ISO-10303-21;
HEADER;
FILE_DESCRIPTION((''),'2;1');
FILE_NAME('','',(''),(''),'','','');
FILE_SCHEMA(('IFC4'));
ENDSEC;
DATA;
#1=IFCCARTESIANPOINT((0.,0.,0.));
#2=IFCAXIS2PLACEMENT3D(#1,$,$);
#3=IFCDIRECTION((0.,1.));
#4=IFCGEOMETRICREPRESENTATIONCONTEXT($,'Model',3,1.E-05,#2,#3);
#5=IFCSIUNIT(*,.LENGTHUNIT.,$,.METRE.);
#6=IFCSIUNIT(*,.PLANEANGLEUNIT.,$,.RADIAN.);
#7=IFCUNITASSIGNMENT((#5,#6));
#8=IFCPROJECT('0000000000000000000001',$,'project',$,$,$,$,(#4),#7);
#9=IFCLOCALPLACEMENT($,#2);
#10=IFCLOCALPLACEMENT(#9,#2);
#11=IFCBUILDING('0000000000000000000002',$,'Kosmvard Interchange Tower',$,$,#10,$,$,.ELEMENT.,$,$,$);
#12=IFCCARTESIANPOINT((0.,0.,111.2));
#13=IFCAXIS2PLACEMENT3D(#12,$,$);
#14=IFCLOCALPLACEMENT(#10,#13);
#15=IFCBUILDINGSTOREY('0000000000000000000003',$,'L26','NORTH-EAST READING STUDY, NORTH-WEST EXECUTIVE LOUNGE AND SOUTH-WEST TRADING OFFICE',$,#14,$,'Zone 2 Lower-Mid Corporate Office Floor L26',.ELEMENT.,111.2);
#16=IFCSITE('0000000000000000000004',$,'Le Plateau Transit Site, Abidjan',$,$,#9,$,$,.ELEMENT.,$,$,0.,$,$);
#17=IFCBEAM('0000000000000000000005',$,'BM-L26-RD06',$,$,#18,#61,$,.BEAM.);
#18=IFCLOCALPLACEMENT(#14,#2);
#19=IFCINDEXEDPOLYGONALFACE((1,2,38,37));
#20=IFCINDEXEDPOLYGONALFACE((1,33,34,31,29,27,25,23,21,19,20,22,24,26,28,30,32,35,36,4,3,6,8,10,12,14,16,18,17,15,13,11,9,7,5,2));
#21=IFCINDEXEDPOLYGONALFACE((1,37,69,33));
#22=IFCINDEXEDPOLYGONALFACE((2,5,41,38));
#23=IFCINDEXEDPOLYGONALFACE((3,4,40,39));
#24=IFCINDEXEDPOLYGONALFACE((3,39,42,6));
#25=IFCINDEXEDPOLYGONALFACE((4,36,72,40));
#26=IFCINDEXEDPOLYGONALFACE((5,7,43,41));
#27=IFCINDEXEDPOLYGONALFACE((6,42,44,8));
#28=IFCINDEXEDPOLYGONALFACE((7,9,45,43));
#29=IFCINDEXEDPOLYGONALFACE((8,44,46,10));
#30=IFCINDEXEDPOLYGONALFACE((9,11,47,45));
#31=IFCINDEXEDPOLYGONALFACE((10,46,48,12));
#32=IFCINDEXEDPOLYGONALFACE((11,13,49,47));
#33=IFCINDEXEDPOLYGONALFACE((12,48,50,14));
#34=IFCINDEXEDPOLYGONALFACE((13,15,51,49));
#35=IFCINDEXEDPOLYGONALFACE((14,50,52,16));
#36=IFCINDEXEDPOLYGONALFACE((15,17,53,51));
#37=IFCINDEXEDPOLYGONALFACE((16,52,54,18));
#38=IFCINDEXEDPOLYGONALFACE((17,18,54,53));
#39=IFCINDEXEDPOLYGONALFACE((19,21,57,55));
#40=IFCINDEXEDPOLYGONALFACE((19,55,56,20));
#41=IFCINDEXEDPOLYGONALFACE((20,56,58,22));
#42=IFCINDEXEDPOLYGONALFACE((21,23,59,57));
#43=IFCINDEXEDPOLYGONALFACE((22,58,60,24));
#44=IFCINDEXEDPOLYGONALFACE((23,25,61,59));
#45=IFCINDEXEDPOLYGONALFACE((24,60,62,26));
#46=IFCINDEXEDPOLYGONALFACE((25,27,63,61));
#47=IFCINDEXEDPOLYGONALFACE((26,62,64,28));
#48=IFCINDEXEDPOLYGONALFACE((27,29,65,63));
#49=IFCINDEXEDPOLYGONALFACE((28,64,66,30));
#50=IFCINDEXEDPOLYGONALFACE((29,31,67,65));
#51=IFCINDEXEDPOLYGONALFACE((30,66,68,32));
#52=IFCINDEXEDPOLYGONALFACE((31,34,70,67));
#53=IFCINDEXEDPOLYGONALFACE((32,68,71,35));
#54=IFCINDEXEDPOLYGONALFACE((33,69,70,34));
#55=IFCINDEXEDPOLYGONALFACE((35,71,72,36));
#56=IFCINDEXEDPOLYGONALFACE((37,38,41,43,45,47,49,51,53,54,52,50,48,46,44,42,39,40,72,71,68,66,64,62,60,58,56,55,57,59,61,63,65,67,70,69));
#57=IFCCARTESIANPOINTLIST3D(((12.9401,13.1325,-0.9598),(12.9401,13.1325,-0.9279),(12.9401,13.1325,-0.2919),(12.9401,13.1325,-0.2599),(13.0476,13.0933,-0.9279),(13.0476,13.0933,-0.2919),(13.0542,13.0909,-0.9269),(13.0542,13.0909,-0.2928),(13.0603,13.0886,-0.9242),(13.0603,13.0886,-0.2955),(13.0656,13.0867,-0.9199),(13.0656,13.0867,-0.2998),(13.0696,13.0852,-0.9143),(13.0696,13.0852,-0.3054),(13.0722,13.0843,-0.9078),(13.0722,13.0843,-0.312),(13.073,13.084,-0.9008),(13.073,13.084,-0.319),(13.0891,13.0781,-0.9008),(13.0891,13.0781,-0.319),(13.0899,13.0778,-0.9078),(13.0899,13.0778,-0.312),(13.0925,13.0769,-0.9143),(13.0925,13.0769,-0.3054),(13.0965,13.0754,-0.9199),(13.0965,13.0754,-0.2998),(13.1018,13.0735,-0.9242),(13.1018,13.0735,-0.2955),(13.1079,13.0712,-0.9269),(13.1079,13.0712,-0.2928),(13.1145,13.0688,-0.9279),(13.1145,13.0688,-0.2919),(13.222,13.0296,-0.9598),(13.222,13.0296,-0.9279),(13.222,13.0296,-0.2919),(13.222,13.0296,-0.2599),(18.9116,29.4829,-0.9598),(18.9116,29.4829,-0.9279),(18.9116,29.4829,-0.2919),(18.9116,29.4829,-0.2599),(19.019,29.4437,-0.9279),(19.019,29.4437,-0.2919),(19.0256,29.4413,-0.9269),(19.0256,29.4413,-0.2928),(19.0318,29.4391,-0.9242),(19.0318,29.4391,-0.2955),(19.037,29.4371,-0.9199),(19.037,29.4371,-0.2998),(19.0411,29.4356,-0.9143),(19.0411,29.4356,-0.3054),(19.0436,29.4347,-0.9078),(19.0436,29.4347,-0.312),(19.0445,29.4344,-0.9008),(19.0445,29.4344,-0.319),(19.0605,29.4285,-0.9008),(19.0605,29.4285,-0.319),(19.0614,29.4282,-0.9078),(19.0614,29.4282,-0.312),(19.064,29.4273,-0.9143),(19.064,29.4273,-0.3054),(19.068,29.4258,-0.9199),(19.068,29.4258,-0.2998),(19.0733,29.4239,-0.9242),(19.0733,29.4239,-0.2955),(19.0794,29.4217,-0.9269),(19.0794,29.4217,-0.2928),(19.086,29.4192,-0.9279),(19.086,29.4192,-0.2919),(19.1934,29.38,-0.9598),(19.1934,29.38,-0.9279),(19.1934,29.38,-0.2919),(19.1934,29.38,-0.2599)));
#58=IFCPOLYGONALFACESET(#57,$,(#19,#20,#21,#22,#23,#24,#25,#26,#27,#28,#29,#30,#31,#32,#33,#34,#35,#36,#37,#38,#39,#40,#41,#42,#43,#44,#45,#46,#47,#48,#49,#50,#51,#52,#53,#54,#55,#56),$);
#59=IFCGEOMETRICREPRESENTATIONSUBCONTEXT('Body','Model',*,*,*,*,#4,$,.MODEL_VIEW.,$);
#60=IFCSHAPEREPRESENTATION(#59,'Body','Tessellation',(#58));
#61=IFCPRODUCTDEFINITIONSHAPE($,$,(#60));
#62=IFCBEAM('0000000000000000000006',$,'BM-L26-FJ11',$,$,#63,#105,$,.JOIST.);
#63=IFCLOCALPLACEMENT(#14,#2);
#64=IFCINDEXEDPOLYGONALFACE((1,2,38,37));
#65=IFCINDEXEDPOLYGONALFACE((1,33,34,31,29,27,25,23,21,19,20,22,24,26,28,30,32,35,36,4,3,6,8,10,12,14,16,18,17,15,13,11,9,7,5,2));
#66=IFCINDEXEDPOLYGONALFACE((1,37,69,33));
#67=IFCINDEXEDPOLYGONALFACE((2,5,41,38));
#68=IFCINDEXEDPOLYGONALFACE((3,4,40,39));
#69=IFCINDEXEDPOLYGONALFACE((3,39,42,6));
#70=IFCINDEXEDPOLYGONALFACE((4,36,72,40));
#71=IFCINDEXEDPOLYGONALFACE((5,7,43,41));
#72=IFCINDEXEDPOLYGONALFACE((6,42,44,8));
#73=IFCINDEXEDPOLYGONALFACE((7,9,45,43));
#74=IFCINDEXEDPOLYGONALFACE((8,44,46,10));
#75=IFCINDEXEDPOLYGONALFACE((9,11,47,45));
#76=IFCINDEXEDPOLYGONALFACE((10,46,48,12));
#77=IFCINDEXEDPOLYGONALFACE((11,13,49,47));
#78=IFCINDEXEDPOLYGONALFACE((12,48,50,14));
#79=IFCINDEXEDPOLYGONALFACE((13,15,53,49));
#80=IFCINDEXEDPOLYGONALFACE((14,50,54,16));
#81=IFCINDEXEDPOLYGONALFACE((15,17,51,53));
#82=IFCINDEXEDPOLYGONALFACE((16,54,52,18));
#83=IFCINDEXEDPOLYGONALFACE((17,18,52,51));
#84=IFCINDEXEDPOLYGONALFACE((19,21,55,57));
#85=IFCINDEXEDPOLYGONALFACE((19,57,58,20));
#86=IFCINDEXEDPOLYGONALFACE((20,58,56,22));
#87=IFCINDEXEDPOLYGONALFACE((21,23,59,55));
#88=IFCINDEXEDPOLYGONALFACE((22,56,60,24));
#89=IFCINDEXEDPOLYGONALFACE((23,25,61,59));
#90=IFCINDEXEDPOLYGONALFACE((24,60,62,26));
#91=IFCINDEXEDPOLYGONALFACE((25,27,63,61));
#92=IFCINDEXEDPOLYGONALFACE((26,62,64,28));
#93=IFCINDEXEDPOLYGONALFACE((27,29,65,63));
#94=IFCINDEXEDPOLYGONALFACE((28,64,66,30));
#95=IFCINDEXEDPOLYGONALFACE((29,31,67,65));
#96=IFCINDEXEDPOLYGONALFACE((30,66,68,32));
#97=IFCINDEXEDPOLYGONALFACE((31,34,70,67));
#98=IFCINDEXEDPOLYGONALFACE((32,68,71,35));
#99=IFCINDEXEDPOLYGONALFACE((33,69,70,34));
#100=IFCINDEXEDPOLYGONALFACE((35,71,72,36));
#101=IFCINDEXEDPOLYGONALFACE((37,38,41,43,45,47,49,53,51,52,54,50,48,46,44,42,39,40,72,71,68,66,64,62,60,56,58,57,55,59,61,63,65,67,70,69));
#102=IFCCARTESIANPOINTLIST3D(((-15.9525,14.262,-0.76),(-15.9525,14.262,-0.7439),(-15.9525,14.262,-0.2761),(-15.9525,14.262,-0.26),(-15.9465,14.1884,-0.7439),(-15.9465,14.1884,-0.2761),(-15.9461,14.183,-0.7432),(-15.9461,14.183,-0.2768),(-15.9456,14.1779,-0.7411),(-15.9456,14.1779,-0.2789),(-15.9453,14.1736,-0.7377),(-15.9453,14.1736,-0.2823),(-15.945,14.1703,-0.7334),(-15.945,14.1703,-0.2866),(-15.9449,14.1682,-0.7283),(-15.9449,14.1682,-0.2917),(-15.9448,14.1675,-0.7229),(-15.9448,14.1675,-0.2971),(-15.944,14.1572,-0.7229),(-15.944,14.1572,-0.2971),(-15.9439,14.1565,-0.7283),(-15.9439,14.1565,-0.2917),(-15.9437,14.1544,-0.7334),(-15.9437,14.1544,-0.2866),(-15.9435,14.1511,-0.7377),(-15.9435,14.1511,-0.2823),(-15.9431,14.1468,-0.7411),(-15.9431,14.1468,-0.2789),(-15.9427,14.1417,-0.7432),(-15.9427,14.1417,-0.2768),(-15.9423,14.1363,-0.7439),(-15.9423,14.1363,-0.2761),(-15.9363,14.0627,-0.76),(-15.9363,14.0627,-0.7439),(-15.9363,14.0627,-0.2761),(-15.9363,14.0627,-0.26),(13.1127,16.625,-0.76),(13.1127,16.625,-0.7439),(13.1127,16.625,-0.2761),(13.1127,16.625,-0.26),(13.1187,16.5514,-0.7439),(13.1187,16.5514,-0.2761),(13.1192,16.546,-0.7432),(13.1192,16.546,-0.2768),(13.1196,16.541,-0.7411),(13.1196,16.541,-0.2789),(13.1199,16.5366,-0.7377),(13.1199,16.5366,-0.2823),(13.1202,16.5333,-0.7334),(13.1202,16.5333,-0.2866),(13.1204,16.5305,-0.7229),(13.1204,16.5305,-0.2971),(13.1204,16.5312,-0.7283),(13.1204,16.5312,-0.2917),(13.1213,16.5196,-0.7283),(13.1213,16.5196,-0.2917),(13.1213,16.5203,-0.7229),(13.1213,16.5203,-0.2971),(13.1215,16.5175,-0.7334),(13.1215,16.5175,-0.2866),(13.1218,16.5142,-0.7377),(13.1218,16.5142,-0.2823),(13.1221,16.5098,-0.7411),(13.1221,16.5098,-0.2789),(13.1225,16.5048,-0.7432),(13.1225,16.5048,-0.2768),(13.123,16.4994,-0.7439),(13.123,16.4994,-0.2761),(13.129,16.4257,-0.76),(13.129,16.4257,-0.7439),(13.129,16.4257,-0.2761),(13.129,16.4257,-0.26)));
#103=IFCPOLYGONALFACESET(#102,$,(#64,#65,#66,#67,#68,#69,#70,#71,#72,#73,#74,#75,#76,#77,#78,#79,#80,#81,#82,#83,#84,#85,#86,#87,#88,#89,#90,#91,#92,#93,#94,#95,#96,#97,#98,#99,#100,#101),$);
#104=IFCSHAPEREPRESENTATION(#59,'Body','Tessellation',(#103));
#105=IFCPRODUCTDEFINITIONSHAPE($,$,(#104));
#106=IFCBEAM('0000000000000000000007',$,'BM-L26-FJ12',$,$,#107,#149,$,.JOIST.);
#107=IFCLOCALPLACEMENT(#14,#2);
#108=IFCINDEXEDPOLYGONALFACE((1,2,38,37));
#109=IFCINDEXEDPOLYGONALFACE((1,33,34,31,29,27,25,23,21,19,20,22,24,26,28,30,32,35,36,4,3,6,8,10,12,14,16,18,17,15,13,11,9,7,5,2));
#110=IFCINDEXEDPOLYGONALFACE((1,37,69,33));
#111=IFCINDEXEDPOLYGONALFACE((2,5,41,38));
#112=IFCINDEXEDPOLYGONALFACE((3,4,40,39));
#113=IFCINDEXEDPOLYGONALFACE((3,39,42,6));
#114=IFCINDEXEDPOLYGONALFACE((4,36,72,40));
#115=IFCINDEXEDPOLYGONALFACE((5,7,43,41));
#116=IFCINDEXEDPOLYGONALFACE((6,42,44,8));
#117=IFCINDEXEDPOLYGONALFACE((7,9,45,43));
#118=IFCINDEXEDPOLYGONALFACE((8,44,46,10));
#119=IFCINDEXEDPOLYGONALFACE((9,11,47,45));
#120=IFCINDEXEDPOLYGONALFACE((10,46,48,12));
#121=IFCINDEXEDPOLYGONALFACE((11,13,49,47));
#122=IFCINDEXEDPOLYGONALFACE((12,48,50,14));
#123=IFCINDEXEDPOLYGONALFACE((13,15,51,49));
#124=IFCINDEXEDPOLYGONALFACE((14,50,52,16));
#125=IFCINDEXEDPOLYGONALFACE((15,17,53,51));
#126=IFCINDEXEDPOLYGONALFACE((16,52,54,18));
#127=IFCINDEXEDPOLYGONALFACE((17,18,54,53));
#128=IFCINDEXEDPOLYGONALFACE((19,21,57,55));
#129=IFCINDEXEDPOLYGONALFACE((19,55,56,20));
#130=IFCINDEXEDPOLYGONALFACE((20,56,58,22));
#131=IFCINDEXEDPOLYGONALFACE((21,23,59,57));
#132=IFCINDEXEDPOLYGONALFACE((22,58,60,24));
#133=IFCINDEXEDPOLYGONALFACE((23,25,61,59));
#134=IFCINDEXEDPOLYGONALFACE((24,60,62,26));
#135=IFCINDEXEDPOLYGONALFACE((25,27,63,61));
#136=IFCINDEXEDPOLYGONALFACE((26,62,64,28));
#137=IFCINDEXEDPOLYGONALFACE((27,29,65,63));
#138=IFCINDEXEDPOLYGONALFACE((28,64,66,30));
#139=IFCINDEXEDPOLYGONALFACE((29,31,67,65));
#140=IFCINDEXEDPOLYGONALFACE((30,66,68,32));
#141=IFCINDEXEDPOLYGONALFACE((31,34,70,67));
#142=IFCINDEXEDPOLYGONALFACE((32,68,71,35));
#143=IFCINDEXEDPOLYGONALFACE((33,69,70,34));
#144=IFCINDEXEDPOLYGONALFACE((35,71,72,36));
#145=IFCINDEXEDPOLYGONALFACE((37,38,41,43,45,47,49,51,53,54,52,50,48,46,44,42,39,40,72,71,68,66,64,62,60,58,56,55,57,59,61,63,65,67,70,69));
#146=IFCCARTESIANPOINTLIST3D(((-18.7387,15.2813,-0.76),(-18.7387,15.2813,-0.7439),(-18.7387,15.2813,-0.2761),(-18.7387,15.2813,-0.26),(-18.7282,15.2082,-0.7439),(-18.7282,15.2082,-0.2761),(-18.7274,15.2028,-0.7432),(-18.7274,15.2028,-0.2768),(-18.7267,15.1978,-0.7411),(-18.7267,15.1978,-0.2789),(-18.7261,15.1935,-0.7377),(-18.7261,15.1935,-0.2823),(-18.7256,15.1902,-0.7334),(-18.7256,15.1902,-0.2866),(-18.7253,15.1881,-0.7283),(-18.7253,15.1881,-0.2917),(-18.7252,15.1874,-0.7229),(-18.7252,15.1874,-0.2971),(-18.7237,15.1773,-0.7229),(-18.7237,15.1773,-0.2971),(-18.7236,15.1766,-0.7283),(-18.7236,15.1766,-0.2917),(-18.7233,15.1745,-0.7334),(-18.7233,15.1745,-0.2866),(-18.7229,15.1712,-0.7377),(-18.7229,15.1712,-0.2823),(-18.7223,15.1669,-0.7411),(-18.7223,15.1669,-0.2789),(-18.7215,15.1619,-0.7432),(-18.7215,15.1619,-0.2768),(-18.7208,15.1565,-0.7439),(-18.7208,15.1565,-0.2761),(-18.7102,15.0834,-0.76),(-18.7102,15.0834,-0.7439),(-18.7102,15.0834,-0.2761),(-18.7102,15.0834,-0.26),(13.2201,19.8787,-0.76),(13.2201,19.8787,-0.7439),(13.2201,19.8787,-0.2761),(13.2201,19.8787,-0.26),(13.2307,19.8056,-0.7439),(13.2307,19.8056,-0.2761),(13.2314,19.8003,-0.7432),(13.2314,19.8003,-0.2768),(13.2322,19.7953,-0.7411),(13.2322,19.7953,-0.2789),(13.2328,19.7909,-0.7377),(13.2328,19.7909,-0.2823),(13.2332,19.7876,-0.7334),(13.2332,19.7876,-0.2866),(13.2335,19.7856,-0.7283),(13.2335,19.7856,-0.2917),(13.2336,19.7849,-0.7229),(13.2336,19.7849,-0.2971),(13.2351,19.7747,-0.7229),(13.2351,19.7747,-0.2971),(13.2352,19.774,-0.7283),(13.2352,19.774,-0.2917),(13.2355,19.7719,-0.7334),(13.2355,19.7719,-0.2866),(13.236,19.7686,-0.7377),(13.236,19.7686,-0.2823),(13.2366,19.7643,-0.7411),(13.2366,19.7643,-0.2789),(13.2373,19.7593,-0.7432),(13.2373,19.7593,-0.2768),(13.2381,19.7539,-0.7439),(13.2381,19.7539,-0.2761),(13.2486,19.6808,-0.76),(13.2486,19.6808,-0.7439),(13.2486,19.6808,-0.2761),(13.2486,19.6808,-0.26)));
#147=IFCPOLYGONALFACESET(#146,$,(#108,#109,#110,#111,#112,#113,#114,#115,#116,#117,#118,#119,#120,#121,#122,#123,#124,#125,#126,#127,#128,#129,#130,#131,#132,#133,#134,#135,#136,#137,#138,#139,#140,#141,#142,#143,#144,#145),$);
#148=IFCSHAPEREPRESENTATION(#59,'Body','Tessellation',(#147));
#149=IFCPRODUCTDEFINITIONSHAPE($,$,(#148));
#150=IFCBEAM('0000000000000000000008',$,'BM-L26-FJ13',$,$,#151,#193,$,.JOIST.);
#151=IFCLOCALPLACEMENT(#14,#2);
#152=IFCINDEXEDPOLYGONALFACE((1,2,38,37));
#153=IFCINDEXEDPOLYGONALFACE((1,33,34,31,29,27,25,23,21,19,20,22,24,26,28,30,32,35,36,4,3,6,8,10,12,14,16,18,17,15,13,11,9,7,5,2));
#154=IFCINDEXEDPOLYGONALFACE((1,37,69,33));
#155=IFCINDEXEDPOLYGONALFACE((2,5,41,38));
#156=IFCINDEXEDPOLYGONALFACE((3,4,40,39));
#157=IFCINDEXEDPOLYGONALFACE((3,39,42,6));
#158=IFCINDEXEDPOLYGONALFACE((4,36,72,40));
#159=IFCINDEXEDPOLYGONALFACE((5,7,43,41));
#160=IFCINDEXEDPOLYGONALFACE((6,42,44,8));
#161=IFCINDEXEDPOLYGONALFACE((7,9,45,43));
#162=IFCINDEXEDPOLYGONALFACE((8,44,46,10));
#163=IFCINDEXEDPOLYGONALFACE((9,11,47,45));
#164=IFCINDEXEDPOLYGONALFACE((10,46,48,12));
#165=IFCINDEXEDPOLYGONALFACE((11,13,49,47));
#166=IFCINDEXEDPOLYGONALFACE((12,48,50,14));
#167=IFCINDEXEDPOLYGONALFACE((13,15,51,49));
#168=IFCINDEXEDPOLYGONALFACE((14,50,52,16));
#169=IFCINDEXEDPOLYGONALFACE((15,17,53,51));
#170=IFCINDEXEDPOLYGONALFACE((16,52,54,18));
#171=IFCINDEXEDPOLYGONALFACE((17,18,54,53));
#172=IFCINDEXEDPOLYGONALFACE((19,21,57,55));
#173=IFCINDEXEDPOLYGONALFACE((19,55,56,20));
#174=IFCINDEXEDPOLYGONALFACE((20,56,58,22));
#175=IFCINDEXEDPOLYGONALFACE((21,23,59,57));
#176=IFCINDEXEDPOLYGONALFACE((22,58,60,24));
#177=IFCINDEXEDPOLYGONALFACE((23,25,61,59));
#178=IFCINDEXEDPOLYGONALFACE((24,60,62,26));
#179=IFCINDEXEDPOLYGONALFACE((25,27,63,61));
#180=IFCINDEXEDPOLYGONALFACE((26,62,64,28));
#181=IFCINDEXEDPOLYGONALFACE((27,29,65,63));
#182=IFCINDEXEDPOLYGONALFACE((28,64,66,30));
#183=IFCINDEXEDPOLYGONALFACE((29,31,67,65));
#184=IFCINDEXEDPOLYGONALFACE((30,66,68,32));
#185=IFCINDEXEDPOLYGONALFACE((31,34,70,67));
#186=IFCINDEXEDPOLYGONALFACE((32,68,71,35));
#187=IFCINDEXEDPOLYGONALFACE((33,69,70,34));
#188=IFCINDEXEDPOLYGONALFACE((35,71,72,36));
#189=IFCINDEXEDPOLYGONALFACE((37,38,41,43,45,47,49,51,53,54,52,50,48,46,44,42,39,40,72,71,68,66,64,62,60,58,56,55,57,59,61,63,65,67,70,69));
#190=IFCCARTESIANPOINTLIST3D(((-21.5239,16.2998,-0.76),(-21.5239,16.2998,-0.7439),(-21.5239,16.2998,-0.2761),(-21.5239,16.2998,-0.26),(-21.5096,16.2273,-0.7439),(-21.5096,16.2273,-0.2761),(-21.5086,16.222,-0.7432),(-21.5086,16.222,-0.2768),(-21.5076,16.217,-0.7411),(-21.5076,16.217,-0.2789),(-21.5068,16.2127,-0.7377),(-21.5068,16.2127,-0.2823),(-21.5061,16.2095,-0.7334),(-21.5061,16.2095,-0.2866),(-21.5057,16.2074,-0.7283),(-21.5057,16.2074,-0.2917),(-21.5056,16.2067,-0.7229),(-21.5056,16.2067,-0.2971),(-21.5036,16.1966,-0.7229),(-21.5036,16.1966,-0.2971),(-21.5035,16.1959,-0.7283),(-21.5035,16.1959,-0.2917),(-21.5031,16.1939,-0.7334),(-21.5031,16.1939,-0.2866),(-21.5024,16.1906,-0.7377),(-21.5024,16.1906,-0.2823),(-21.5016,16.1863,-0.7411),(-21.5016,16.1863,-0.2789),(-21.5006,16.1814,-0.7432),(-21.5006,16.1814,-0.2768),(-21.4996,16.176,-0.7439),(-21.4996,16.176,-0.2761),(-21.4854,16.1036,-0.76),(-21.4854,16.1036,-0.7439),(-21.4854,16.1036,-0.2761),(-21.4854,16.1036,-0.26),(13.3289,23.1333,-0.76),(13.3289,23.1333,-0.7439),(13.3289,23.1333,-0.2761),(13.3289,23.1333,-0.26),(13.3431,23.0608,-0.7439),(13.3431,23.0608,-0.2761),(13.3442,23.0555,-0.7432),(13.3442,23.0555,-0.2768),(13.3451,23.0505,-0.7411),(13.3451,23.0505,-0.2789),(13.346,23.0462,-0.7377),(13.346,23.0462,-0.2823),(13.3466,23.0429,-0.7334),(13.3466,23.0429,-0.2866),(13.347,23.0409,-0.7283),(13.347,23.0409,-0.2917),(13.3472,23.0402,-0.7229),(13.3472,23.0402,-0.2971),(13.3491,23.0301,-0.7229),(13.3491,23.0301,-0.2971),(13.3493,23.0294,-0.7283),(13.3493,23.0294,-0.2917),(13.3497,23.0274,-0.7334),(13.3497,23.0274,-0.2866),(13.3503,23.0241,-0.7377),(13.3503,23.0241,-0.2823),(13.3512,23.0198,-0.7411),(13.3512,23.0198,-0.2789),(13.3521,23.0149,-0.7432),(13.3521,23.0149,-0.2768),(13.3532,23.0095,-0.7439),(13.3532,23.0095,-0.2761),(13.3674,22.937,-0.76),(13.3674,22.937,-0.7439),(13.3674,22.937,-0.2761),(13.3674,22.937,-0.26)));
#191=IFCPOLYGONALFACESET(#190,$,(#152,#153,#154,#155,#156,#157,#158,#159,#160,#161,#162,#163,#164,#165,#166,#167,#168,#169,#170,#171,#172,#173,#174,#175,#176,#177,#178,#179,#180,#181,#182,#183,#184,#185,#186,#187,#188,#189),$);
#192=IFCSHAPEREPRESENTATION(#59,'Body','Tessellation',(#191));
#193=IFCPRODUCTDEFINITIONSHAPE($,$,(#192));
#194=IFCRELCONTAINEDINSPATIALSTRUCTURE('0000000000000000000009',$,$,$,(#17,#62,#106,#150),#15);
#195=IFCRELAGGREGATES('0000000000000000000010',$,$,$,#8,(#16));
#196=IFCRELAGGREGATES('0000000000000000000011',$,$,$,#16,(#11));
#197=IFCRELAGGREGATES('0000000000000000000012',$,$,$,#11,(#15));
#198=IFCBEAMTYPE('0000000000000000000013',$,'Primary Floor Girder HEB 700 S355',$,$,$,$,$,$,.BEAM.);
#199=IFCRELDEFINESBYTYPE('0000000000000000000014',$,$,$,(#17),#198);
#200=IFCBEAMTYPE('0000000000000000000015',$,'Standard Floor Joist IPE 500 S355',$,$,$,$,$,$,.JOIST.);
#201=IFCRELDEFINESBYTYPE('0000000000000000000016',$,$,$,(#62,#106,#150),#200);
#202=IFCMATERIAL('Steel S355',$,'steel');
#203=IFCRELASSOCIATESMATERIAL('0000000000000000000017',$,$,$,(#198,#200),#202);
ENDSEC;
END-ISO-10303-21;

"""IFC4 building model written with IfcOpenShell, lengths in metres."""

from ifc_helpers import new_model, si_unit, direction, frame, origin, origin_2d, place, context, subcontext, project, spatial, i_section, extrude, source, transform, mapped, material, material_profile, profile_set, type_object, element, save


model = new_model("IFC4")

# Units and contexts
model_context = context("Model", 3, precision=1e-05, world=origin(), true_north=direction((0.0, 1.0)))
body_context = subcontext(model_context, "Body", "Model", "MODEL_VIEW")
ifc_project = project(units=[si_unit("LENGTHUNIT", "METRE"), si_unit("PLANEANGLEUNIT", "RADIAN")], contexts=[model_context])

# Site, building, storey
site_placement = place(None, origin())
site = spatial("IfcSite", under=ifc_project, at=site_placement, Name="Le Plateau Transit Site, Abidjan", CompositionType="ELEMENT", RefElevation=0.0)
building_placement = place(site_placement, origin())
building = spatial("IfcBuilding", under=site, at=building_placement, Name="Kosmvard Interchange Tower", CompositionType="ELEMENT")
storey_placement = place(building_placement, frame((0.0, 0.0, 111.2)))
storey = spatial("IfcBuildingStorey", under=building, at=storey_placement, Name="L26", Description="NORTH-EAST READING STUDY, NORTH-WEST EXECUTIVE LOUNGE AND SOUTH-WEST TRADING OFFICE", LongName="Zone 2 Lower-Mid Corporate Office Floor L26", CompositionType="ELEMENT", Elevation=111.2)

# Beams
ifc_material_1 = material(Name="Steel S355", Category="steel")
ifc_material_profile_1 = material_profile(ifc_material_1, i_section(OverallWidth=0.3, OverallDepth=0.7, WebThickness=0.0171, FlangeThickness=0.032, FilletRadius=0.0271, at=origin_2d()), Name="HEB 700")
ifc_profile_set_1 = profile_set([ifc_material_profile_1], Name="Steel S355")
beam_type_1 = type_object("IfcBeamType", Name="Primary Floor Girder HEB 700 S355", PredefinedType="BEAM", material=ifc_profile_set_1)
shared_shape_1 = source(origin(), body_context, "Body", "SweptSolid", [
    extrude(i_section(OverallWidth=0.3, OverallDepth=0.7, WebThickness=0.0171, FlangeThickness=0.032, FilletRadius=0.0271, at=origin_2d()), origin(), (0.0, 0.0, 1.0), 17.4067),
])
beam_1_placement = place(storey_placement, frame((13.0811, 13.0811, -0.6099), z_axis=(0.343055, 0.939315, 0.0), x_axis=(-0.939315, 0.343055, 0.0)))
element("IfcBeam", 1, at=beam_1_placement, inside=storey, type_object=beam_type_1, Name="BM-L26-RD06", PredefinedType="BEAM", context=body_context, shape_type="MappedRepresentation", body=[
    mapped(shared_shape_1, transform((0.0, 0.0, 0.0), scale=1.0)),
])
ifc_material_profile_2 = material_profile(ifc_material_1, i_section(OverallWidth=0.2, OverallDepth=0.5, WebThickness=0.0103, FlangeThickness=0.0161, FilletRadius=0.021, at=origin_2d()), Name="IPE 500")
ifc_profile_set_2 = profile_set([ifc_material_profile_2], Name="Steel S355")
beam_type_2 = type_object("IfcBeamType", Name="Standard Floor Joist IPE 500 S355", PredefinedType="JOIST", material=ifc_profile_set_2)
shared_shape_2 = source(origin(), body_context, "Body", "SweptSolid", [
    extrude(i_section(OverallWidth=0.2, OverallDepth=0.5, WebThickness=0.0103, FlangeThickness=0.0161, FilletRadius=0.021, at=origin_2d()), origin(), (0.0, 0.0, 1.0), 29.1611),
])
beam_2_placement = place(storey_placement, frame((13.1208, 16.5254, -0.51), z_axis=(-0.996711, -0.081034, 0.0), x_axis=(0.081034, -0.996711, 0.0)))
element("IfcBeam", 2, at=beam_2_placement, inside=storey, type_object=beam_type_2, Name="BM-L26-FJ11", PredefinedType="JOIST", context=body_context, shape_type="MappedRepresentation", body=[
    mapped(shared_shape_2, transform((0.0, 0.0, 0.0), scale=1.0)),
])
shared_shape_3 = source(origin(), body_context, "Body", "SweptSolid", [
    extrude(i_section(OverallWidth=0.2, OverallDepth=0.5, WebThickness=0.0103, FlangeThickness=0.0161, FilletRadius=0.021, at=origin_2d()), origin(), (0.0, 0.0, 1.0), 32.2878),
])
beam_3_placement = place(storey_placement, frame((13.2344, 19.7798, -0.51), z_axis=(-0.989811, -0.142389, 0.0), x_axis=(0.142389, -0.989811, 0.0)))
element("IfcBeam", 3, at=beam_3_placement, inside=storey, type_object=beam_type_2, Name="BM-L26-FJ12", PredefinedType="JOIST", context=body_context, shape_type="MappedRepresentation", body=[
    mapped(shared_shape_3, transform((0.0, 0.0, 0.0), scale=1.0)),
])
shared_shape_4 = source(origin(), body_context, "Body", "SweptSolid", [
    extrude(i_section(OverallWidth=0.2, OverallDepth=0.5, WebThickness=0.0103, FlangeThickness=0.0161, FilletRadius=0.021, at=origin_2d()), origin(), (0.0, 0.0, 1.0), 35.5164),
])
beam_4_placement = place(storey_placement, frame((13.3481, 23.0352, -0.51), z_axis=(-0.981316, -0.192404, 0.0), x_axis=(0.192404, -0.981316, 0.0)))
element("IfcBeam", 4, at=beam_4_placement, inside=storey, type_object=beam_type_2, Name="BM-L26-FJ13", PredefinedType="JOIST", context=body_context, shape_type="MappedRepresentation", body=[
    mapped(shared_shape_4, transform((0.0, 0.0, 0.0), scale=1.0)),
])

save(model, "model.ifc")
